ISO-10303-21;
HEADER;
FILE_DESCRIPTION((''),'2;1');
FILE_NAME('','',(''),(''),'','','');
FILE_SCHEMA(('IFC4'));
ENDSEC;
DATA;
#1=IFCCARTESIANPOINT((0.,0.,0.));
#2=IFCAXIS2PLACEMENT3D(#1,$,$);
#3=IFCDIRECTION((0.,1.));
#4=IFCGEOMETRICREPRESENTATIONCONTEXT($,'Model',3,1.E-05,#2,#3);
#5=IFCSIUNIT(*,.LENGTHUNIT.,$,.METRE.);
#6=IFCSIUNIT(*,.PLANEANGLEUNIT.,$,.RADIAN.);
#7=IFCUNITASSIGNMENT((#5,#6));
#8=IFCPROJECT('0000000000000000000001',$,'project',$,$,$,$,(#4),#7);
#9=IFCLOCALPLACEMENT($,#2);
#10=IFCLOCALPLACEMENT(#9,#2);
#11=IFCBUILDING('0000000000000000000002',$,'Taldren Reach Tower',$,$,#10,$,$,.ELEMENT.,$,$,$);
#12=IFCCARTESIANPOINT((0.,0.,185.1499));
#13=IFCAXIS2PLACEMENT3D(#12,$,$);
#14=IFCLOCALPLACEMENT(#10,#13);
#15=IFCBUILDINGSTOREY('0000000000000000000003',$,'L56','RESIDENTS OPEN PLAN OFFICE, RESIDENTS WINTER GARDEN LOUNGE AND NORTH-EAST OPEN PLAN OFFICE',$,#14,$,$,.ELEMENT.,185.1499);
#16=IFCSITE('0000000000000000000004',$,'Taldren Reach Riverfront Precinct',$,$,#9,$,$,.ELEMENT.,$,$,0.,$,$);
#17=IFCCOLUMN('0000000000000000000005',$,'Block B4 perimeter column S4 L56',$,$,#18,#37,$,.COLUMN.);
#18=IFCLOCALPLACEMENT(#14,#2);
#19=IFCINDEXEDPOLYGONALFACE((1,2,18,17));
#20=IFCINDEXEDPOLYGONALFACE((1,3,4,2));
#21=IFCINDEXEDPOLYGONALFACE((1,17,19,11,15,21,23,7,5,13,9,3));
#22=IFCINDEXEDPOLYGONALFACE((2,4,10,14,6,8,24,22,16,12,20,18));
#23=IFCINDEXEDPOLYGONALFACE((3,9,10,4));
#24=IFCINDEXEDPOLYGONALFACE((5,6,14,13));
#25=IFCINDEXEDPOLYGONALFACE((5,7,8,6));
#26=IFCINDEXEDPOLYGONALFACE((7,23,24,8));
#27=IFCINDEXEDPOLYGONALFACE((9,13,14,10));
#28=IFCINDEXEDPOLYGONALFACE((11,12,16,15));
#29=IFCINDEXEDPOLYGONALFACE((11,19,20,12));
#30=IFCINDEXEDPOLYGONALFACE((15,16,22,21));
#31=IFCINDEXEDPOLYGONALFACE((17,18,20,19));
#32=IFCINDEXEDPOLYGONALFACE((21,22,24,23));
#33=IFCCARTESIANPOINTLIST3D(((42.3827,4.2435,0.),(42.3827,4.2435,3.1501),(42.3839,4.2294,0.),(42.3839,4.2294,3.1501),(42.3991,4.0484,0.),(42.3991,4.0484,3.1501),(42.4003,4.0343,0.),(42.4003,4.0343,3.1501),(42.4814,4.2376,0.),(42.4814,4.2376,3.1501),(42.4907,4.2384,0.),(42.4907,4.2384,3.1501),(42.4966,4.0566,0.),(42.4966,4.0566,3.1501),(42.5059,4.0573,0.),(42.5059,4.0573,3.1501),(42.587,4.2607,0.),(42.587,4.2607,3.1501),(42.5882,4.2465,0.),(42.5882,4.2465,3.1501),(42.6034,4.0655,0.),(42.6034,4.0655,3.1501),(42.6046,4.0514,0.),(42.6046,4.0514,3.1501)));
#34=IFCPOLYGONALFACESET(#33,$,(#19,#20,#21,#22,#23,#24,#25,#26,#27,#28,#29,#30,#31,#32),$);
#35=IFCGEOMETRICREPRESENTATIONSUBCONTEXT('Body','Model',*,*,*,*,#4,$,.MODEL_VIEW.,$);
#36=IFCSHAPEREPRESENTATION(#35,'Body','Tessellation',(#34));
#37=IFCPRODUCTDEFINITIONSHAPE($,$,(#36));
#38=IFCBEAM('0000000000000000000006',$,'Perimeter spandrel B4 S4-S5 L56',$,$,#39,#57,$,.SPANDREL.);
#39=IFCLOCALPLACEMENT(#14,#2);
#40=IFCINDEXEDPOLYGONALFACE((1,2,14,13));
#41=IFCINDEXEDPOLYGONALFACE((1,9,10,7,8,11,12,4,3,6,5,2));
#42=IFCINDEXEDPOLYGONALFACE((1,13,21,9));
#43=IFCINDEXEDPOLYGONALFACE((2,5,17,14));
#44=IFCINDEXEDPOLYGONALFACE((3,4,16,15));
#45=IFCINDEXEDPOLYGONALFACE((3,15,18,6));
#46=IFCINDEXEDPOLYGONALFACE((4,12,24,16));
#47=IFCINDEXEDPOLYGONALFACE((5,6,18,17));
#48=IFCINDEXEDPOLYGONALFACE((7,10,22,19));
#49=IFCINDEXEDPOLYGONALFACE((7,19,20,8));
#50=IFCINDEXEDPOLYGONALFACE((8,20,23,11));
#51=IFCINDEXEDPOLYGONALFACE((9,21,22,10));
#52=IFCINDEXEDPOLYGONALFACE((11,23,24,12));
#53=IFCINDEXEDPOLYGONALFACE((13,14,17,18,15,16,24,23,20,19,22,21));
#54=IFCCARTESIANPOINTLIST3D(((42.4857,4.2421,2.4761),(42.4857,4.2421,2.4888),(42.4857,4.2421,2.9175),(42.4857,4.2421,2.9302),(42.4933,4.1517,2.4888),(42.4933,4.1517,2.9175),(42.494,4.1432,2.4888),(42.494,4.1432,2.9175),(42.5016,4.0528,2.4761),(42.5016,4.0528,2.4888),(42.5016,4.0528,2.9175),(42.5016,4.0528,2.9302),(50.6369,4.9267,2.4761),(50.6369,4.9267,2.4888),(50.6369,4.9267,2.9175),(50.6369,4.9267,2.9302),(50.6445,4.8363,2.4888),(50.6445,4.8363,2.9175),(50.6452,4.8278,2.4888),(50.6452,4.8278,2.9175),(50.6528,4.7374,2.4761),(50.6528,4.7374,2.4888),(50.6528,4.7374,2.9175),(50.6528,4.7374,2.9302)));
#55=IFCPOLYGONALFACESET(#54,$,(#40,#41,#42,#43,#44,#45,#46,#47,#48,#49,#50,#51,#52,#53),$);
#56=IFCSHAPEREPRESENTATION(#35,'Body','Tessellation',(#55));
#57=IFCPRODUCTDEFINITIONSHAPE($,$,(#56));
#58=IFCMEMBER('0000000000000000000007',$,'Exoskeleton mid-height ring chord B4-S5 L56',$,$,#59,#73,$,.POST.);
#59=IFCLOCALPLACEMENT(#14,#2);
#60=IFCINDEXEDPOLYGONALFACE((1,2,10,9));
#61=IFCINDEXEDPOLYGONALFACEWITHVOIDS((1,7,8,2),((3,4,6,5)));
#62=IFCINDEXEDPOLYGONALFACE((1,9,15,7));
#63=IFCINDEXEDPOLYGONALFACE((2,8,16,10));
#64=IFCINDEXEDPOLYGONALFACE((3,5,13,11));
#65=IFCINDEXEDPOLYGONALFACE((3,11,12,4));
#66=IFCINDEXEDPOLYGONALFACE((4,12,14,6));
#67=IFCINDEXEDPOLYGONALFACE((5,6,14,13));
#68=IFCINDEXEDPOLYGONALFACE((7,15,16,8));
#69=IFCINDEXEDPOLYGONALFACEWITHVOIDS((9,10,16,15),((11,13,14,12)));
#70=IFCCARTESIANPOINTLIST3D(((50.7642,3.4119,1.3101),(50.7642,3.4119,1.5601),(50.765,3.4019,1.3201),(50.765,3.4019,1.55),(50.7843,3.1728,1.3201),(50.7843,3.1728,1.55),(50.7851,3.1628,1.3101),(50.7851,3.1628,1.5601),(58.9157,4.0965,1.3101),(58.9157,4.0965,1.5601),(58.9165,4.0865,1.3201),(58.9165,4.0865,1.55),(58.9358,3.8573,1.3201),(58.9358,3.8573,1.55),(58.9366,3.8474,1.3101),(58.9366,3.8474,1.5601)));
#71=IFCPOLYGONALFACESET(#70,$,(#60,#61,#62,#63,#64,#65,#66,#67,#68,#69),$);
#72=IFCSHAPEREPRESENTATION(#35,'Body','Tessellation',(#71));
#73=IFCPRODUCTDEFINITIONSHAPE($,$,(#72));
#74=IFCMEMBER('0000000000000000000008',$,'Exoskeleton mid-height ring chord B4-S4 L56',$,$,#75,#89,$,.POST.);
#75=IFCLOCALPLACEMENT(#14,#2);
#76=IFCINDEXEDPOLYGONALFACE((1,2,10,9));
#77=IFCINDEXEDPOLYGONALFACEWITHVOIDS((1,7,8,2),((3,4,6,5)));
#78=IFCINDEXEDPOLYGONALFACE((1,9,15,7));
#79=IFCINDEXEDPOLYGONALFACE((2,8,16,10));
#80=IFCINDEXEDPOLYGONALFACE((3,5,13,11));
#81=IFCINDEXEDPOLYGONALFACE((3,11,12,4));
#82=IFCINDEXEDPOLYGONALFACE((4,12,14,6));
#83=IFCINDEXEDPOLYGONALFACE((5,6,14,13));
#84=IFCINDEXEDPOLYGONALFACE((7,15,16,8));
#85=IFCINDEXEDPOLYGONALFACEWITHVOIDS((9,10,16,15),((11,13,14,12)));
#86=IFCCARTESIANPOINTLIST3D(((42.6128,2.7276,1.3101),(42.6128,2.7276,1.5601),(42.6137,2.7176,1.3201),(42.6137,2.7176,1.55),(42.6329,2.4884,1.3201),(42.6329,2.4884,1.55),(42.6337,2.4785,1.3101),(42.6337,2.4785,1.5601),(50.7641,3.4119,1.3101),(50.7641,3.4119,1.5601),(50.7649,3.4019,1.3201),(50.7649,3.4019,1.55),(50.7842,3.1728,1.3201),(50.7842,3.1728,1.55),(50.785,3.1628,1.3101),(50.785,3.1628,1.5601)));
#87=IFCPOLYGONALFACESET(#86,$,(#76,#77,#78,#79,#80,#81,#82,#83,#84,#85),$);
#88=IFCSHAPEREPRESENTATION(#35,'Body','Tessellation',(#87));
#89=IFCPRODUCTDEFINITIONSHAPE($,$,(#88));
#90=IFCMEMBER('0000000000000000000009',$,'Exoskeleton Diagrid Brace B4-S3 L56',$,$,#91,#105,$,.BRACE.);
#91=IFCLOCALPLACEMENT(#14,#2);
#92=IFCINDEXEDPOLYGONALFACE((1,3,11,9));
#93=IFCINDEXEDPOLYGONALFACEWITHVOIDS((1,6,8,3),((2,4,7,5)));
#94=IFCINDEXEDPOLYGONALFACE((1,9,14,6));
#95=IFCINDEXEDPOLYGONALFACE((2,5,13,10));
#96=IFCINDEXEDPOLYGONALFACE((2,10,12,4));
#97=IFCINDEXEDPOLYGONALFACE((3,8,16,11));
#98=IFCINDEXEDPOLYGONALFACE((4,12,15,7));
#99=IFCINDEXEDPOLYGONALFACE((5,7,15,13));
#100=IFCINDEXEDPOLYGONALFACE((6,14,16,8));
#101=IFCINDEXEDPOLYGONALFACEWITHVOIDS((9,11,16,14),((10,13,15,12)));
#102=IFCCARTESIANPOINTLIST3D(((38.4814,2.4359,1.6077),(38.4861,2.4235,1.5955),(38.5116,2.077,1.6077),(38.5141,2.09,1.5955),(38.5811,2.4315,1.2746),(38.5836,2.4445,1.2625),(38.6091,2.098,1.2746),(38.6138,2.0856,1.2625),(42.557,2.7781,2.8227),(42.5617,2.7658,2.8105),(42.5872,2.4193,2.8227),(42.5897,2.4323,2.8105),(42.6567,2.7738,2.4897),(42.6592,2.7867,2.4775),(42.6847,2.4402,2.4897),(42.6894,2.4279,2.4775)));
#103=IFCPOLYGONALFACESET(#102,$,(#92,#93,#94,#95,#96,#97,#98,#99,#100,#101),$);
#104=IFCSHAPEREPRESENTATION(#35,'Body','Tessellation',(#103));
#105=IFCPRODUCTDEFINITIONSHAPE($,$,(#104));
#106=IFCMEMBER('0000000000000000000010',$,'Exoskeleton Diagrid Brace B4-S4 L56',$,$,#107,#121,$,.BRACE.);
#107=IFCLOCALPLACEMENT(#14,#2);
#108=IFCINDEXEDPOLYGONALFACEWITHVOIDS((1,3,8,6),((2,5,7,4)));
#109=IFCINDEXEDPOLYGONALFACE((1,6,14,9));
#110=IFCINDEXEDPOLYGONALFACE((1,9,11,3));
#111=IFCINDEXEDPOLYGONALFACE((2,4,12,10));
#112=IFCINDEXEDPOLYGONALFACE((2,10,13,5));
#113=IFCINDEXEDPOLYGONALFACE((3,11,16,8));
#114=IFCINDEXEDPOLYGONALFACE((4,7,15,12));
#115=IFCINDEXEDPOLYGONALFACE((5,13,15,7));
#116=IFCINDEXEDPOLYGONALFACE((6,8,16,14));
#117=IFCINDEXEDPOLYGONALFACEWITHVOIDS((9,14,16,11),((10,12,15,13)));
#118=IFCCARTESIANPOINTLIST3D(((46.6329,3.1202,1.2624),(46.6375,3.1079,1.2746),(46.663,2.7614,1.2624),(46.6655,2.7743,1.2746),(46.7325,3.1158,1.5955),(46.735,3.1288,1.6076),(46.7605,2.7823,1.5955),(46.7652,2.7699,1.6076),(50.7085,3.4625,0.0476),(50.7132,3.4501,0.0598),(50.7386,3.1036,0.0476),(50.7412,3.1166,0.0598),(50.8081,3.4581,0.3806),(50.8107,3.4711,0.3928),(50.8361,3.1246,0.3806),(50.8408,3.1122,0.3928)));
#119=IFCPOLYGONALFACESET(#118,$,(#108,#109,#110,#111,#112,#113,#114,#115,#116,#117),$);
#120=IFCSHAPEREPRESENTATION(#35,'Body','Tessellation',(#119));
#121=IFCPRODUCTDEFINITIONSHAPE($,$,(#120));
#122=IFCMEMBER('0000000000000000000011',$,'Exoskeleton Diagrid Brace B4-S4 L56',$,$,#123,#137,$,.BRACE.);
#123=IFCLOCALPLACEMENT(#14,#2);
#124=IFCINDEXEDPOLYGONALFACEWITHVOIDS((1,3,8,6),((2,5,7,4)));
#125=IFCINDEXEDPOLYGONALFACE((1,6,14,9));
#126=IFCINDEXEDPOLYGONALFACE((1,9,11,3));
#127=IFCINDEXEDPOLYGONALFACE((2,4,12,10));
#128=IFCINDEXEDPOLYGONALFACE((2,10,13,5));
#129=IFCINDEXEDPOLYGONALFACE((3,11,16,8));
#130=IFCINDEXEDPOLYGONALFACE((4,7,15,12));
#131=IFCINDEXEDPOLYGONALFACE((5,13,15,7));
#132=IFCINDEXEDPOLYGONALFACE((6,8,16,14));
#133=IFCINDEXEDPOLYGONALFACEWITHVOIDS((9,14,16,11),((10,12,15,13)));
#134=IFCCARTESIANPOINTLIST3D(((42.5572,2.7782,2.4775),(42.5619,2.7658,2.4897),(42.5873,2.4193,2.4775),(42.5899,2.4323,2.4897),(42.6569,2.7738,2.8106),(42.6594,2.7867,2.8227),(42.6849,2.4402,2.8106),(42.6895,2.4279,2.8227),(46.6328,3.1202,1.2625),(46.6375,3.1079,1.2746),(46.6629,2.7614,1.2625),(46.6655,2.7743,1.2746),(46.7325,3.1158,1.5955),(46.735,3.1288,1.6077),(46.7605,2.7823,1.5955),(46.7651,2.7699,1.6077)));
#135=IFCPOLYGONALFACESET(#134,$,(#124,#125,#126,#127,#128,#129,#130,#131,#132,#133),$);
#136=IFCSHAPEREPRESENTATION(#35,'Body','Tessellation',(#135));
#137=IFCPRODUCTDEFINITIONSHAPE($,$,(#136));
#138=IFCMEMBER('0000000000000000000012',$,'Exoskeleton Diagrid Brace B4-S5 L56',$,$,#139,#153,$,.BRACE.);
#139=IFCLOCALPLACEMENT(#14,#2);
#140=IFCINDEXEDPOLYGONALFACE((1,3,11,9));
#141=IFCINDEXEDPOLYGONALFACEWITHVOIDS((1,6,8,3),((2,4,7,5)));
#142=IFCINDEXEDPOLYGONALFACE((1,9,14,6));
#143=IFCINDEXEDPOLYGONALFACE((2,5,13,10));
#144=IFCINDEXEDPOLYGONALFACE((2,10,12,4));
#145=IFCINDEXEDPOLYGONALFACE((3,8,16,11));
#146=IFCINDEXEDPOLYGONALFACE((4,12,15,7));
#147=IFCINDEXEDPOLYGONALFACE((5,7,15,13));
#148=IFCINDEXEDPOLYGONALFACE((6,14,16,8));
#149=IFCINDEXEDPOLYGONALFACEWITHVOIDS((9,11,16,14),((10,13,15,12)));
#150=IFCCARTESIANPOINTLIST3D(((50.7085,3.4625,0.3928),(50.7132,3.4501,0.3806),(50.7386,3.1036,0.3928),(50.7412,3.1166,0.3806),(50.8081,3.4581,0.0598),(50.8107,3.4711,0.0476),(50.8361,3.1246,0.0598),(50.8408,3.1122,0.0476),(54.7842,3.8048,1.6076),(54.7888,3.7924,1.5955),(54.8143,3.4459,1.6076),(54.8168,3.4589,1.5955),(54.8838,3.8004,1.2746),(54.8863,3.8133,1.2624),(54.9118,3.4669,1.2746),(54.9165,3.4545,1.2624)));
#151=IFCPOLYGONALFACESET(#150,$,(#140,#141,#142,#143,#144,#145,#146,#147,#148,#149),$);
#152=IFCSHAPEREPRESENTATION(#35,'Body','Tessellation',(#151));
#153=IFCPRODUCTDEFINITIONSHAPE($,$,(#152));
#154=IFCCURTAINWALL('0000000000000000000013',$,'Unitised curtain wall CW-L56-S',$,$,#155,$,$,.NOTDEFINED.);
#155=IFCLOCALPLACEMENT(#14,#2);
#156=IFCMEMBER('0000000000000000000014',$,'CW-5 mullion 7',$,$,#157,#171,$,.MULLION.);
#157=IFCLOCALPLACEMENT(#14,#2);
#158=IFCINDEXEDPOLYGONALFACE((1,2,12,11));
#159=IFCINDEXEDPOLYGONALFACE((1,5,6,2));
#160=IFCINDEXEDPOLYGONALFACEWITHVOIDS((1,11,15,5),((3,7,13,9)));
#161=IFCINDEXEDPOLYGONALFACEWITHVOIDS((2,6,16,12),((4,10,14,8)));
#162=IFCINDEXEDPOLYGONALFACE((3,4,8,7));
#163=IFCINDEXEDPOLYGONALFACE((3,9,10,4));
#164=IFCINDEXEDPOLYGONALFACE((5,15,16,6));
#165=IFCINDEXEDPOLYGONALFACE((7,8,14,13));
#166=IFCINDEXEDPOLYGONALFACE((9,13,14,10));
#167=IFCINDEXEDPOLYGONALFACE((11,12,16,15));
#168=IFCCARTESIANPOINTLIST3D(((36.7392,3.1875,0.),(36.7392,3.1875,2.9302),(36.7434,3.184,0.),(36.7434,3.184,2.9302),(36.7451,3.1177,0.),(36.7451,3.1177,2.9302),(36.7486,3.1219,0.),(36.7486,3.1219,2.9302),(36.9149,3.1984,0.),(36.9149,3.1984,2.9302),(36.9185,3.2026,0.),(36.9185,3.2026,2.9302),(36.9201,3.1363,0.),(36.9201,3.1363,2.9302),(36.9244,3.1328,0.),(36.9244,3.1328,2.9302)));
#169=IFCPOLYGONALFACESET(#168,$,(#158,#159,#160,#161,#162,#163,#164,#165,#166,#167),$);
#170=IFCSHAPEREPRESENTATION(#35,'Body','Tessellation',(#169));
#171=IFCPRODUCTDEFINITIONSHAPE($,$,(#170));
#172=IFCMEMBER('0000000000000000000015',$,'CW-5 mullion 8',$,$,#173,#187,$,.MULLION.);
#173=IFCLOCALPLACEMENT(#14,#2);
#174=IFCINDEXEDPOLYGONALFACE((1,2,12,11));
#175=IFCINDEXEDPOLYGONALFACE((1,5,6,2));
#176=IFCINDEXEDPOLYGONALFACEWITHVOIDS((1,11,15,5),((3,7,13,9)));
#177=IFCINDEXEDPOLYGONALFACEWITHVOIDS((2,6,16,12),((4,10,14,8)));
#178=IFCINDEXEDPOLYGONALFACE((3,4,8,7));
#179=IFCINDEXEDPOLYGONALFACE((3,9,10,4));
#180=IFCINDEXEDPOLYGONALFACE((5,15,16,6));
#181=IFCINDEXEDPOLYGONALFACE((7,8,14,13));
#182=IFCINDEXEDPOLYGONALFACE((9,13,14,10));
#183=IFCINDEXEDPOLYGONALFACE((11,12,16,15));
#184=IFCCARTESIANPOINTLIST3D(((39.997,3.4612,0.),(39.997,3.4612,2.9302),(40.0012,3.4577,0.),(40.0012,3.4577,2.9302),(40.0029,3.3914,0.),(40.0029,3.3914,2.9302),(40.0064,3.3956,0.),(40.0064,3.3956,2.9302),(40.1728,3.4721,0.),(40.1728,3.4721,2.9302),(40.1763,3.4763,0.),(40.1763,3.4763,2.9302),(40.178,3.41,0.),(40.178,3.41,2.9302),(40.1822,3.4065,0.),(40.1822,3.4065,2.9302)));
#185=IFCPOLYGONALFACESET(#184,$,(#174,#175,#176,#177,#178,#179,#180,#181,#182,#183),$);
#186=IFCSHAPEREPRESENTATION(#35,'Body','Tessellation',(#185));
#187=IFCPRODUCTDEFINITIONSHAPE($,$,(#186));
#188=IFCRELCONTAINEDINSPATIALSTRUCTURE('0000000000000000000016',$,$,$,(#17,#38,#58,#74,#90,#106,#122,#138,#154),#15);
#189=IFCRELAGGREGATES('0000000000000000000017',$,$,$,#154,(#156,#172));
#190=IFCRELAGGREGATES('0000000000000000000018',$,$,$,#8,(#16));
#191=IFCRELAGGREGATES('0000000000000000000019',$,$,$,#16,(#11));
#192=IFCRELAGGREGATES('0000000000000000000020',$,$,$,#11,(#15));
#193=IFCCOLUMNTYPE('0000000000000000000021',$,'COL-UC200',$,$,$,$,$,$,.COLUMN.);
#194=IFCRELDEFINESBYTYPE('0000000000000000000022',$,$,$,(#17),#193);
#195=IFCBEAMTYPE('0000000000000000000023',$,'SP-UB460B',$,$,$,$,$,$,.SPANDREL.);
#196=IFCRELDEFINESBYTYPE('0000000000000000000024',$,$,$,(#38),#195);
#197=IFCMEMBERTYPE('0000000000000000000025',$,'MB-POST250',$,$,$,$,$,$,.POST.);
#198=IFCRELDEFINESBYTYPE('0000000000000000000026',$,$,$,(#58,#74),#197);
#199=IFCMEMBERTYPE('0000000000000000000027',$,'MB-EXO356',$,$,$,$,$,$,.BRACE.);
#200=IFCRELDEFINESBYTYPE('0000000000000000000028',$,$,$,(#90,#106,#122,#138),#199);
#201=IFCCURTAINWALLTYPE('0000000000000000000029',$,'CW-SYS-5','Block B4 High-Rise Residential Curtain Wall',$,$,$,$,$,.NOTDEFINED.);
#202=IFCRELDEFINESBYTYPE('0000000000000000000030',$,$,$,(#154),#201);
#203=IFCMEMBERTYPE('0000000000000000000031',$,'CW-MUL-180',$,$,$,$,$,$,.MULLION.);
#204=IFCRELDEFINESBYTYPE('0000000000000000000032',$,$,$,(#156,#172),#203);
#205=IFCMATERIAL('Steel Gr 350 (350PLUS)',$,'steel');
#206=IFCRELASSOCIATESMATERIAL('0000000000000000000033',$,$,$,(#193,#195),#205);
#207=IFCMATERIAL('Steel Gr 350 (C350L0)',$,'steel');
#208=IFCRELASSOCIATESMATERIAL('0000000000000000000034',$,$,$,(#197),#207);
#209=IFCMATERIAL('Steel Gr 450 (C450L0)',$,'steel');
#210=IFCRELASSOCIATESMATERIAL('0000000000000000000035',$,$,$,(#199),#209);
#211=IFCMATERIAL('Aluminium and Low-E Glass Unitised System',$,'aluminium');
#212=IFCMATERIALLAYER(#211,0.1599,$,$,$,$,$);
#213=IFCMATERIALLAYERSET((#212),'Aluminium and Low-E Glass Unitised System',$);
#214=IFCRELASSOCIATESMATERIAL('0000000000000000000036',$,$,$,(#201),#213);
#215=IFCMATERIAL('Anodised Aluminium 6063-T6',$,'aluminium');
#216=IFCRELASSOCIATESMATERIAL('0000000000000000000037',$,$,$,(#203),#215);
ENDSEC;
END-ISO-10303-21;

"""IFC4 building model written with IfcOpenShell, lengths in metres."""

from ifc_helpers import new_model, si_unit, direction, frame, origin, origin_2d, place, context, subcontext, project, spatial, hollow_rectangle, i_section, extrude, source, transform, mapped, material, layer, layer_set, material_profile, profile_set, type_object, element, aggregate, save


model = new_model("IFC4")

# Units and contexts
model_context = context("Model", 3, precision=1e-05, world=origin(), true_north=direction((0.0, 1.0)))
body_context = subcontext(model_context, "Body", "Model", "MODEL_VIEW")
ifc_project = project(units=[si_unit("LENGTHUNIT", "METRE"), si_unit("PLANEANGLEUNIT", "RADIAN")], contexts=[model_context])

# Site, building, storey
site_placement = place(None, origin())
site = spatial("IfcSite", under=ifc_project, at=site_placement, Name="Taldren Reach Riverfront Precinct", CompositionType="ELEMENT", RefElevation=0.0)
building_placement = place(site_placement, origin())
building = spatial("IfcBuilding", under=site, at=building_placement, Name="Taldren Reach Tower", CompositionType="ELEMENT")
storey_placement = place(building_placement, frame((0.0, 0.0, 185.1499)))
storey = spatial("IfcBuildingStorey", under=building, at=storey_placement, Name="L56", Description="RESIDENTS OPEN PLAN OFFICE, RESIDENTS WINTER GARDEN LOUNGE AND NORTH-EAST OPEN PLAN OFFICE", CompositionType="ELEMENT", Elevation=185.1499)

# Column
ifc_material_1 = material(Name="Steel Gr 350 (350PLUS)", Category="steel")
ifc_material_profile_1 = material_profile(ifc_material_1, i_section(OverallWidth=0.2051, OverallDepth=0.21, WebThickness=0.0093, FlangeThickness=0.0142, at=origin_2d()), Name="200UC59.5")
ifc_profile_set_1 = profile_set([ifc_material_profile_1], Name="Steel Gr 350 (350PLUS)")
column_type = type_object("IfcColumnType", Name="COL-UC200", PredefinedType="COLUMN", material=ifc_profile_set_1)
shared_shape_1 = source(origin(), body_context, "Body", "SweptSolid", [
    extrude(i_section(OverallWidth=0.2051, OverallDepth=0.21, WebThickness=0.0093, FlangeThickness=0.0142, at=origin_2d()), origin(), (0.0, 0.0, 1.0), 3.1501),
])
column_placement = place(storey_placement, frame((42.4937, 4.1475, 0.0), z_axis=(0.0, 0.0, 1.0), x_axis=(0.996493, 0.083678, 0.0)))
element("IfcColumn", 1, at=column_placement, inside=storey, type_object=column_type, Name="Block B4 perimeter column S4 L56", PredefinedType="COLUMN", context=body_context, shape_type="MappedRepresentation", body=[
    mapped(shared_shape_1, transform((0.0, 0.0, 0.0), scale=1.0)),
])

# Beam
ifc_material_profile_2 = material_profile(ifc_material_1, i_section(OverallWidth=0.1899, OverallDepth=0.4541, WebThickness=0.0085, FlangeThickness=0.0127, at=origin_2d()), Name="460UB67.1")
ifc_profile_set_2 = profile_set([ifc_material_profile_2], Name="Steel Gr 350 (350PLUS)")
beam_type = type_object("IfcBeamType", Name="SP-UB460B", PredefinedType="SPANDREL", material=ifc_profile_set_2)
shared_shape_2 = source(origin(), body_context, "Body", "SweptSolid", [
    extrude(i_section(OverallWidth=0.1899, OverallDepth=0.4541, WebThickness=0.0085, FlangeThickness=0.0127, at=origin_2d()), origin(), (0.0, 0.0, 1.0), 8.1799),
])
beam_placement = place(storey_placement, frame((42.4937, 4.1475, 2.7031), z_axis=(0.996492, 0.08369, 0.0), x_axis=(-0.08369, 0.996492, 0.0)))
element("IfcBeam", 2, at=beam_placement, inside=storey, type_object=beam_type, Name="Perimeter spandrel B4 S4-S5 L56", PredefinedType="SPANDREL", context=body_context, shape_type="MappedRepresentation", body=[
    mapped(shared_shape_2, transform((0.0, 0.0, 0.0), scale=1.0)),
])

# Members
ifc_material_2 = material(Name="Steel Gr 350 (C350L0)", Category="steel")
ifc_material_profile_3 = material_profile(ifc_material_2, hollow_rectangle(XDim=0.25, YDim=0.25, WallThickness=0.01, at=origin_2d()), Name="250x250x10.0SHS")
ifc_profile_set_3 = profile_set([ifc_material_profile_3], Name="Steel Gr 350 (C350L0)")
member_type_1 = type_object("IfcMemberType", Name="MB-POST250", PredefinedType="POST", material=ifc_profile_set_3)
shared_shape_3 = source(origin(), body_context, "Body", "SweptSolid", [
    extrude(hollow_rectangle(XDim=0.25, YDim=0.25, WallThickness=0.01, at=origin_2d()), origin(), (0.0, 0.0, 1.0), 8.1802),
])
member_1_placement = place(storey_placement, frame((50.7747, 3.2874, 1.4351), z_axis=(0.996492, 0.083688, 0.0), x_axis=(-0.083688, 0.996492, 0.0)))
element("IfcMember", 3, at=member_1_placement, inside=storey, type_object=member_type_1, Name="Exoskeleton mid-height ring chord B4-S5 L56", PredefinedType="POST", context=body_context, shape_type="MappedRepresentation", body=[
    mapped(shared_shape_3, transform((0.0, 0.0, 0.0), scale=1.0)),
])
shared_shape_4 = source(origin(), body_context, "Body", "SweptSolid", [
    extrude(hollow_rectangle(XDim=0.25, YDim=0.25, WallThickness=0.01, at=origin_2d()), origin(), (0.0, 0.0, 1.0), 8.1799),
])
member_2_placement = place(storey_placement, frame((42.6233, 2.603, 1.4351), z_axis=(0.996495, 0.083658, 0.0), x_axis=(-0.083658, 0.996495, 0.0)))
element("IfcMember", 4, at=member_2_placement, inside=storey, type_object=member_type_1, Name="Exoskeleton mid-height ring chord B4-S4 L56", PredefinedType="POST", context=body_context, shape_type="MappedRepresentation", body=[
    mapped(shared_shape_4, transform((0.0, 0.0, 0.0), scale=1.0)),
])
ifc_material_3 = material(Name="Steel Gr 450 (C450L0)", Category="steel")
ifc_material_profile_4 = material_profile(ifc_material_3, hollow_rectangle(XDim=0.3601, YDim=0.3601, WallThickness=0.0127, at=origin_2d()), Name="360x360x12.7SHS")
ifc_profile_set_4 = profile_set([ifc_material_profile_4], Name="Steel Gr 450 (C450L0)")
member_type_2 = type_object("IfcMemberType", Name="MB-EXO356", PredefinedType="BRACE", material=ifc_profile_set_4)
shared_shape_5 = source(origin(), body_context, "Body", "SweptSolid", [
    extrude(hollow_rectangle(XDim=0.3601, YDim=0.3601, WallThickness=0.0127, at=origin_2d()), origin(), (0.0, 0.0, 1.0), 4.2666),
])
for number, where, z_axis, x_axis, name in (
    (5, (38.5476, 2.2607, 1.4351), (0.955229, 0.080222, 0.284783), (-0.083688, 0.996492, 0.0), "Exoskeleton Diagrid Brace B4-S3 L56"),
    (6, (50.7747, 3.2874, 0.2202), (-0.955245, -0.080224, 0.284731), (0.083688, -0.996492, 0.0), "Exoskeleton Diagrid Brace B4-S4 L56"),
    (7, (46.699, 2.9451, 1.4351), (-0.955234, -0.080165, 0.284785), (0.083628, -0.996497, 0.0), "Exoskeleton Diagrid Brace B4-S4 L56"),
    (8, (50.7747, 3.2874, 0.2202), (0.955245, 0.080224, 0.284731), (-0.083688, 0.996492, 0.0), "Exoskeleton Diagrid Brace B4-S5 L56"),
):
    element("IfcMember", number, at=place(storey_placement, frame(where, z_axis=z_axis, x_axis=x_axis)), inside=storey, type_object=member_type_2, Name=name, PredefinedType="BRACE", context=body_context, shape_type="MappedRepresentation", body=[
        mapped(shared_shape_5, transform((0.0, 0.0, 0.0), scale=1.0)),
    ])

# Curtain wall, members
ifc_material_4 = material(Name="Aluminium and Low-E Glass Unitised System", Category="aluminium")
ifc_layer_1 = layer(ifc_material_4, 0.1599)
ifc_layer_set_1 = layer_set([ifc_layer_1], Name="Aluminium and Low-E Glass Unitised System")
curtain_wall_type = type_object("IfcCurtainWallType", Name="CW-SYS-5", Description="Block B4 High-Rise Residential Curtain Wall", PredefinedType="NOTDEFINED", material=ifc_layer_set_1)
curtain_wall_placement = place(storey_placement, origin())
curtain_wall = element("IfcCurtainWall", 9, at=curtain_wall_placement, inside=storey, type_object=curtain_wall_type, Name="Unitised curtain wall CW-L56-S", PredefinedType="NOTDEFINED")
ifc_material_5 = material(Name="Anodised Aluminium 6063-T6", Category="aluminium")
ifc_material_profile_5 = material_profile(ifc_material_5, hollow_rectangle(XDim=0.0701, YDim=0.1799, WallThickness=0.0039, at=origin_2d()), Name="ALU-180x70x4RHS")
ifc_profile_set_5 = profile_set([ifc_material_profile_5], Name="Anodised Aluminium 6063-T6")
member_type_3 = type_object("IfcMemberType", Name="CW-MUL-180", PredefinedType="MULLION", material=ifc_profile_set_5)
shared_shape_6 = source(origin(), body_context, "Body", "SweptSolid", [
    extrude(hollow_rectangle(XDim=0.0701, YDim=0.1799, WallThickness=0.0039, at=origin_2d()), origin(), (0.0, 0.0, 1.0), 2.9302),
])
member_3_placement = place(storey_placement, frame((36.8318, 3.1602, 0.0), z_axis=(0.0, 0.0, 1.0), x_axis=(-0.083678, 0.996493, 0.0)))
member_3 = element("IfcMember", 10, at=member_3_placement, type_object=member_type_3, Name="CW-5 mullion 7", PredefinedType="MULLION", context=body_context, shape_type="MappedRepresentation", body=[
    mapped(shared_shape_6, transform((0.0, 0.0, 0.0), scale=1.0)),
])
member_4_placement = place(storey_placement, frame((40.0896, 3.4338, 0.0), z_axis=(0.0, 0.0, 1.0), x_axis=(-0.083678, 0.996493, 0.0)))
member_4 = element("IfcMember", 11, at=member_4_placement, type_object=member_type_3, Name="CW-5 mullion 8", PredefinedType="MULLION", context=body_context, shape_type="MappedRepresentation", body=[
    mapped(shared_shape_6, transform((0.0, 0.0, 0.0), scale=1.0)),
])

aggregate(curtain_wall, [member_3, member_4])

save(model, "model.ifc")
